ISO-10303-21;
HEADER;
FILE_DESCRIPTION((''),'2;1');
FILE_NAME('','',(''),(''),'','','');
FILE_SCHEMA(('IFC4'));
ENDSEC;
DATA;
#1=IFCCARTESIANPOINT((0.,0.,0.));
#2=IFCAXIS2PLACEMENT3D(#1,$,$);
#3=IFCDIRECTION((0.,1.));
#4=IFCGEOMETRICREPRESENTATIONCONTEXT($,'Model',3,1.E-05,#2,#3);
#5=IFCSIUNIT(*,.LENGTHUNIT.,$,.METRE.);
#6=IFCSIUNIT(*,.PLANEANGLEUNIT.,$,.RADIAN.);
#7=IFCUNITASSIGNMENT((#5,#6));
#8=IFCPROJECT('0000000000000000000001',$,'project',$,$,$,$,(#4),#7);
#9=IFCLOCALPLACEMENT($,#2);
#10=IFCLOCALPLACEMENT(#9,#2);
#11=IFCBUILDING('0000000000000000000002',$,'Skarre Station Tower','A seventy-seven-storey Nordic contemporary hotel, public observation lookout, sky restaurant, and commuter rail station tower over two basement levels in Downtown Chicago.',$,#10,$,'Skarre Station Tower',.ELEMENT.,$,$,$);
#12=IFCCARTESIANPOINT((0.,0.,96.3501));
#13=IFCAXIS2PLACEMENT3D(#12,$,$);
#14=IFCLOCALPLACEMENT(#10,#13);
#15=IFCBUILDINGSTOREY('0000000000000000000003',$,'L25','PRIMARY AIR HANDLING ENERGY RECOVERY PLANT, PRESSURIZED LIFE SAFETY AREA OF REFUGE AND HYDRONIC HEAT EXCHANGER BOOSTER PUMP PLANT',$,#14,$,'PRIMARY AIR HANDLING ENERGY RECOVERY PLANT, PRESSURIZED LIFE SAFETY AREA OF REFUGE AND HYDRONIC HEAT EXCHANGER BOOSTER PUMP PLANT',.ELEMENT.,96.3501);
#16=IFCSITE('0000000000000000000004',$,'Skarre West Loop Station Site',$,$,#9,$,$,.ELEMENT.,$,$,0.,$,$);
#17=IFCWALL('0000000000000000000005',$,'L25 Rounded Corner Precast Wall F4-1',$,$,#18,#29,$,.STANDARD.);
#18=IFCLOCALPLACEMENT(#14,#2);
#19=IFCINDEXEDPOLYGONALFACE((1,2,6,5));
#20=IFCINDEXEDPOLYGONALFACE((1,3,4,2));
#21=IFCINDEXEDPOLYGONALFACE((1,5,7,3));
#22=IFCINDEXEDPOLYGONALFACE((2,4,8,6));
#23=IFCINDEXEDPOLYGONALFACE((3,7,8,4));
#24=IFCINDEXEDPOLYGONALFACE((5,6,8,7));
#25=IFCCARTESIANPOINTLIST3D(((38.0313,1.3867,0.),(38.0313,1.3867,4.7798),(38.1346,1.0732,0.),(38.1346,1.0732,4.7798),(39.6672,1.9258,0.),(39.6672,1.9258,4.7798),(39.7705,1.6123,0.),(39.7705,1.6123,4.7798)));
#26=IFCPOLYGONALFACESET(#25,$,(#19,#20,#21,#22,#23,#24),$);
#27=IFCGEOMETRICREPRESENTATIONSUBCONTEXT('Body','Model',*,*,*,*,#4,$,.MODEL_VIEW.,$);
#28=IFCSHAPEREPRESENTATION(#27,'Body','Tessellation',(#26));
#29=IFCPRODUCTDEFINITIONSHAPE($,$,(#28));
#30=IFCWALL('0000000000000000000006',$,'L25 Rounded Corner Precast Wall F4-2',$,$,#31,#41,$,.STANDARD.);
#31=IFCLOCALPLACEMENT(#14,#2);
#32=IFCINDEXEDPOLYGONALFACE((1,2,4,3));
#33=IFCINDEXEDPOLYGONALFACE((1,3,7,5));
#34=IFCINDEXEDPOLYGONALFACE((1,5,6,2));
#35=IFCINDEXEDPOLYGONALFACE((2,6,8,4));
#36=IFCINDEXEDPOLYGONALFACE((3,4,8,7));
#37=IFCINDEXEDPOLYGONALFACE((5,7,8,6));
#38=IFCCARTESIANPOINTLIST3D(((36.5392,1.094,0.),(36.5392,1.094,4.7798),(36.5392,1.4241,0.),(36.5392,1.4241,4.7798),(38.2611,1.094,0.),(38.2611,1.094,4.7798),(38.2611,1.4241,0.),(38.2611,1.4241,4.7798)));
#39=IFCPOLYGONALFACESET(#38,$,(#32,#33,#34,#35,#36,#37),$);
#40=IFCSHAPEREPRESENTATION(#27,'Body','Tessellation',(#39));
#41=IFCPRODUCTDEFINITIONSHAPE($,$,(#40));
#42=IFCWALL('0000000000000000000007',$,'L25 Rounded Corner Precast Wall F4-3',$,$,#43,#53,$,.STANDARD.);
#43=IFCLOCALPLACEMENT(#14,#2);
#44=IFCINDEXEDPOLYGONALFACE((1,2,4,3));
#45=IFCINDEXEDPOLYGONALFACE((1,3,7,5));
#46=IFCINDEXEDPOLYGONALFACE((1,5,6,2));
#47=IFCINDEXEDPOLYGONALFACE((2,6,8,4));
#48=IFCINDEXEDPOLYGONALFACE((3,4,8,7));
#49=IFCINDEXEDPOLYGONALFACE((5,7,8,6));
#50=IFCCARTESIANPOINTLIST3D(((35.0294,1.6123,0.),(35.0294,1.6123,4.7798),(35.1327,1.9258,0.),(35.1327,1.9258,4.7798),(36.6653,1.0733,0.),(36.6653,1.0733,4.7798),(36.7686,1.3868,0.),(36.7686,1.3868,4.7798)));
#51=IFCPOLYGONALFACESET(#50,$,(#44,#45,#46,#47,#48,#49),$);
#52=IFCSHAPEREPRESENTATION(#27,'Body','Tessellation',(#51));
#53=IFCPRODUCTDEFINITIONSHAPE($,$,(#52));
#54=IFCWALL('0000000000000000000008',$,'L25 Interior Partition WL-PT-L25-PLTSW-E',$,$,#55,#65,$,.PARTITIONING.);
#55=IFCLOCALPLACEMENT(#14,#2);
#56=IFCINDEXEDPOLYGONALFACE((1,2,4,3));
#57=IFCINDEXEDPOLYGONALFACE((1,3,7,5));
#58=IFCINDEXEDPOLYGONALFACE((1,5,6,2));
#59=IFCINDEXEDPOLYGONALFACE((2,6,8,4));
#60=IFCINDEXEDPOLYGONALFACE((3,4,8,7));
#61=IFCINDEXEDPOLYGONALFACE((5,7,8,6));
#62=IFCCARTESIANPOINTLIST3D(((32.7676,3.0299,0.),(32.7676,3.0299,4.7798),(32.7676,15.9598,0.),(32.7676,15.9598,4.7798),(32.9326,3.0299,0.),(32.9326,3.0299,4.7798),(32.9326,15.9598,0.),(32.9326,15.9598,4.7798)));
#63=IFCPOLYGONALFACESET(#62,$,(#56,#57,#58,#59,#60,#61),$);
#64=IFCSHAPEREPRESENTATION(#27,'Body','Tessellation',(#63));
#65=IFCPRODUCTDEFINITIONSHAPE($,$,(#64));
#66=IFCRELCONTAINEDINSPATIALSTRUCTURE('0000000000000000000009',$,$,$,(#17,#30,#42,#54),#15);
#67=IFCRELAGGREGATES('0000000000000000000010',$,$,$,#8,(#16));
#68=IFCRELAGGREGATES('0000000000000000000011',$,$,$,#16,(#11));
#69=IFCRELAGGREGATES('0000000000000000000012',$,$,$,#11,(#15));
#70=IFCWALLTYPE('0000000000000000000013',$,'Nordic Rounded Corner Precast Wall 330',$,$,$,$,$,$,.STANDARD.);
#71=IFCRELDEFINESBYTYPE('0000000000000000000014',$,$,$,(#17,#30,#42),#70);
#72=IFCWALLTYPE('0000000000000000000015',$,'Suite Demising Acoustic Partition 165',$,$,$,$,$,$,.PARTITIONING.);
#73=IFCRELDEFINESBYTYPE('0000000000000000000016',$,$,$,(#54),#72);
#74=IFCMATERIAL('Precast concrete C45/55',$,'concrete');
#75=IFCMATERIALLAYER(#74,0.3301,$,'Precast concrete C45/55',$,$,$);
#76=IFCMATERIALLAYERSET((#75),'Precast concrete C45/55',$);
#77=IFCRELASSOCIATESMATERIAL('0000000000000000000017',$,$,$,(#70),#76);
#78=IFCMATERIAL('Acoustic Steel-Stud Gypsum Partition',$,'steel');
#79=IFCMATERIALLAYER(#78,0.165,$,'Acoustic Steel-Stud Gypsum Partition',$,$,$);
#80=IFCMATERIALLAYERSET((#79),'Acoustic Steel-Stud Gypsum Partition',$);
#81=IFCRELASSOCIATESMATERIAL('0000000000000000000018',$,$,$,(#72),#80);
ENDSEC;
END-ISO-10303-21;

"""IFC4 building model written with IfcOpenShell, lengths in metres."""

from ifc_helpers import new_model, si_unit, direction, frame, frame_2d, origin, place, context, subcontext, project, spatial, rectangle, extrude, material, layer, layer_set, type_object, element, save


model = new_model("IFC4")

# Units and contexts
model_context = context("Model", 3, precision=1e-05, world=origin(), true_north=direction((0.0, 1.0)))
body_context = subcontext(model_context, "Body", "Model", "MODEL_VIEW")
ifc_project = project(units=[si_unit("LENGTHUNIT", "METRE"), si_unit("PLANEANGLEUNIT", "RADIAN")], contexts=[model_context])

# Site, building, storey
site_placement = place(None, origin())
site = spatial("IfcSite", under=ifc_project, at=site_placement, Name="Skarre West Loop Station Site", CompositionType="ELEMENT", RefElevation=0.0)
building_placement = place(site_placement, origin())
building = spatial("IfcBuilding", under=site, at=building_placement, Name="Skarre Station Tower", Description="A seventy-seven-storey Nordic contemporary hotel, public observation lookout, sky restaurant, and commuter rail station tower over two basement levels in Downtown Chicago.", LongName="Skarre Station Tower", CompositionType="ELEMENT")
storey_placement = place(building_placement, frame((0.0, 0.0, 96.3501)))
storey = spatial("IfcBuildingStorey", under=building, at=storey_placement, Name="L25", Description="PRIMARY AIR HANDLING ENERGY RECOVERY PLANT, PRESSURIZED LIFE SAFETY AREA OF REFUGE AND HYDRONIC HEAT EXCHANGER BOOSTER PUMP PLANT", LongName="PRIMARY AIR HANDLING ENERGY RECOVERY PLANT, PRESSURIZED LIFE SAFETY AREA OF REFUGE AND HYDRONIC HEAT EXCHANGER BOOSTER PUMP PLANT", CompositionType="ELEMENT", Elevation=96.3501)

# Walls
ifc_material_1 = material(Name="Precast concrete C45/55", Category="concrete")
ifc_layer_1 = layer(ifc_material_1, 0.3301, Name="Precast concrete C45/55")
ifc_layer_set_1 = layer_set([ifc_layer_1], Name="Precast concrete C45/55")
wall_type_1 = type_object("IfcWallType", Name="Nordic Rounded Corner Precast Wall 330", PredefinedType="STANDARD", material=ifc_layer_set_1)
wall_1_placement = place(storey_placement, frame((39.719, 1.769, 0.0), z_axis=(0.0, 0.0, 1.0), x_axis=(-0.949769, -0.312952, 0.0)))
element("IfcWall", 1, at=wall_1_placement, inside=storey, type_object=wall_type_1, Name="L25 Rounded Corner Precast Wall F4-1", PredefinedType="STANDARD", context=body_context, shape_type="SweptSolid", body=[
    extrude(rectangle(XDim=1.7224, YDim=0.3301, at=frame_2d((0.8613, 0.0))), origin(), (0.0, 0.0, 1.0), 4.7798),
])
wall_2_placement = place(storey_placement, frame((38.261, 1.259, 0.0), z_axis=(0.0, 0.0, 1.0), x_axis=(-1.0, 0.0, 0.0)))
element("IfcWall", 2, at=wall_2_placement, inside=storey, type_object=wall_type_1, Name="L25 Rounded Corner Precast Wall F4-2", PredefinedType="STANDARD", context=body_context, shape_type="SweptSolid", body=[
    extrude(rectangle(XDim=1.7219, YDim=0.3301, at=frame_2d((0.8608, 0.0))), origin(), (0.0, 0.0, 1.0), 4.7798),
])
wall_3_placement = place(storey_placement, frame((36.717, 1.23, 0.0), z_axis=(0.0, 0.0, 1.0), x_axis=(-0.949769, 0.312952, 0.0)))
element("IfcWall", 3, at=wall_3_placement, inside=storey, type_object=wall_type_1, Name="L25 Rounded Corner Precast Wall F4-3", PredefinedType="STANDARD", context=body_context, shape_type="SweptSolid", body=[
    extrude(rectangle(XDim=1.7224, YDim=0.3301, at=frame_2d((0.8613, 0.0))), origin(), (0.0, 0.0, 1.0), 4.7798),
])
ifc_material_2 = material(Name="Acoustic Steel-Stud Gypsum Partition", Category="steel")
ifc_layer_2 = layer(ifc_material_2, 0.165, Name="Acoustic Steel-Stud Gypsum Partition")
ifc_layer_set_2 = layer_set([ifc_layer_2], Name="Acoustic Steel-Stud Gypsum Partition")
wall_type_2 = type_object("IfcWallType", Name="Suite Demising Acoustic Partition 165", PredefinedType="PARTITIONING", material=ifc_layer_set_2)
wall_4_placement = place(storey_placement, frame((32.8501, 3.03, 0.0), z_axis=(0.0, 0.0, 1.0), x_axis=(0.0, 1.0, 0.0)))
element("IfcWall", 4, at=wall_4_placement, inside=storey, type_object=wall_type_2, Name="L25 Interior Partition WL-PT-L25-PLTSW-E", PredefinedType="PARTITIONING", context=body_context, shape_type="SweptSolid", body=[
    extrude(rectangle(XDim=12.9299, YDim=0.165, at=frame_2d((6.4648, 0.0))), origin(), (0.0, 0.0, 1.0), 4.7798),
])

save(model, "model.ifc")
